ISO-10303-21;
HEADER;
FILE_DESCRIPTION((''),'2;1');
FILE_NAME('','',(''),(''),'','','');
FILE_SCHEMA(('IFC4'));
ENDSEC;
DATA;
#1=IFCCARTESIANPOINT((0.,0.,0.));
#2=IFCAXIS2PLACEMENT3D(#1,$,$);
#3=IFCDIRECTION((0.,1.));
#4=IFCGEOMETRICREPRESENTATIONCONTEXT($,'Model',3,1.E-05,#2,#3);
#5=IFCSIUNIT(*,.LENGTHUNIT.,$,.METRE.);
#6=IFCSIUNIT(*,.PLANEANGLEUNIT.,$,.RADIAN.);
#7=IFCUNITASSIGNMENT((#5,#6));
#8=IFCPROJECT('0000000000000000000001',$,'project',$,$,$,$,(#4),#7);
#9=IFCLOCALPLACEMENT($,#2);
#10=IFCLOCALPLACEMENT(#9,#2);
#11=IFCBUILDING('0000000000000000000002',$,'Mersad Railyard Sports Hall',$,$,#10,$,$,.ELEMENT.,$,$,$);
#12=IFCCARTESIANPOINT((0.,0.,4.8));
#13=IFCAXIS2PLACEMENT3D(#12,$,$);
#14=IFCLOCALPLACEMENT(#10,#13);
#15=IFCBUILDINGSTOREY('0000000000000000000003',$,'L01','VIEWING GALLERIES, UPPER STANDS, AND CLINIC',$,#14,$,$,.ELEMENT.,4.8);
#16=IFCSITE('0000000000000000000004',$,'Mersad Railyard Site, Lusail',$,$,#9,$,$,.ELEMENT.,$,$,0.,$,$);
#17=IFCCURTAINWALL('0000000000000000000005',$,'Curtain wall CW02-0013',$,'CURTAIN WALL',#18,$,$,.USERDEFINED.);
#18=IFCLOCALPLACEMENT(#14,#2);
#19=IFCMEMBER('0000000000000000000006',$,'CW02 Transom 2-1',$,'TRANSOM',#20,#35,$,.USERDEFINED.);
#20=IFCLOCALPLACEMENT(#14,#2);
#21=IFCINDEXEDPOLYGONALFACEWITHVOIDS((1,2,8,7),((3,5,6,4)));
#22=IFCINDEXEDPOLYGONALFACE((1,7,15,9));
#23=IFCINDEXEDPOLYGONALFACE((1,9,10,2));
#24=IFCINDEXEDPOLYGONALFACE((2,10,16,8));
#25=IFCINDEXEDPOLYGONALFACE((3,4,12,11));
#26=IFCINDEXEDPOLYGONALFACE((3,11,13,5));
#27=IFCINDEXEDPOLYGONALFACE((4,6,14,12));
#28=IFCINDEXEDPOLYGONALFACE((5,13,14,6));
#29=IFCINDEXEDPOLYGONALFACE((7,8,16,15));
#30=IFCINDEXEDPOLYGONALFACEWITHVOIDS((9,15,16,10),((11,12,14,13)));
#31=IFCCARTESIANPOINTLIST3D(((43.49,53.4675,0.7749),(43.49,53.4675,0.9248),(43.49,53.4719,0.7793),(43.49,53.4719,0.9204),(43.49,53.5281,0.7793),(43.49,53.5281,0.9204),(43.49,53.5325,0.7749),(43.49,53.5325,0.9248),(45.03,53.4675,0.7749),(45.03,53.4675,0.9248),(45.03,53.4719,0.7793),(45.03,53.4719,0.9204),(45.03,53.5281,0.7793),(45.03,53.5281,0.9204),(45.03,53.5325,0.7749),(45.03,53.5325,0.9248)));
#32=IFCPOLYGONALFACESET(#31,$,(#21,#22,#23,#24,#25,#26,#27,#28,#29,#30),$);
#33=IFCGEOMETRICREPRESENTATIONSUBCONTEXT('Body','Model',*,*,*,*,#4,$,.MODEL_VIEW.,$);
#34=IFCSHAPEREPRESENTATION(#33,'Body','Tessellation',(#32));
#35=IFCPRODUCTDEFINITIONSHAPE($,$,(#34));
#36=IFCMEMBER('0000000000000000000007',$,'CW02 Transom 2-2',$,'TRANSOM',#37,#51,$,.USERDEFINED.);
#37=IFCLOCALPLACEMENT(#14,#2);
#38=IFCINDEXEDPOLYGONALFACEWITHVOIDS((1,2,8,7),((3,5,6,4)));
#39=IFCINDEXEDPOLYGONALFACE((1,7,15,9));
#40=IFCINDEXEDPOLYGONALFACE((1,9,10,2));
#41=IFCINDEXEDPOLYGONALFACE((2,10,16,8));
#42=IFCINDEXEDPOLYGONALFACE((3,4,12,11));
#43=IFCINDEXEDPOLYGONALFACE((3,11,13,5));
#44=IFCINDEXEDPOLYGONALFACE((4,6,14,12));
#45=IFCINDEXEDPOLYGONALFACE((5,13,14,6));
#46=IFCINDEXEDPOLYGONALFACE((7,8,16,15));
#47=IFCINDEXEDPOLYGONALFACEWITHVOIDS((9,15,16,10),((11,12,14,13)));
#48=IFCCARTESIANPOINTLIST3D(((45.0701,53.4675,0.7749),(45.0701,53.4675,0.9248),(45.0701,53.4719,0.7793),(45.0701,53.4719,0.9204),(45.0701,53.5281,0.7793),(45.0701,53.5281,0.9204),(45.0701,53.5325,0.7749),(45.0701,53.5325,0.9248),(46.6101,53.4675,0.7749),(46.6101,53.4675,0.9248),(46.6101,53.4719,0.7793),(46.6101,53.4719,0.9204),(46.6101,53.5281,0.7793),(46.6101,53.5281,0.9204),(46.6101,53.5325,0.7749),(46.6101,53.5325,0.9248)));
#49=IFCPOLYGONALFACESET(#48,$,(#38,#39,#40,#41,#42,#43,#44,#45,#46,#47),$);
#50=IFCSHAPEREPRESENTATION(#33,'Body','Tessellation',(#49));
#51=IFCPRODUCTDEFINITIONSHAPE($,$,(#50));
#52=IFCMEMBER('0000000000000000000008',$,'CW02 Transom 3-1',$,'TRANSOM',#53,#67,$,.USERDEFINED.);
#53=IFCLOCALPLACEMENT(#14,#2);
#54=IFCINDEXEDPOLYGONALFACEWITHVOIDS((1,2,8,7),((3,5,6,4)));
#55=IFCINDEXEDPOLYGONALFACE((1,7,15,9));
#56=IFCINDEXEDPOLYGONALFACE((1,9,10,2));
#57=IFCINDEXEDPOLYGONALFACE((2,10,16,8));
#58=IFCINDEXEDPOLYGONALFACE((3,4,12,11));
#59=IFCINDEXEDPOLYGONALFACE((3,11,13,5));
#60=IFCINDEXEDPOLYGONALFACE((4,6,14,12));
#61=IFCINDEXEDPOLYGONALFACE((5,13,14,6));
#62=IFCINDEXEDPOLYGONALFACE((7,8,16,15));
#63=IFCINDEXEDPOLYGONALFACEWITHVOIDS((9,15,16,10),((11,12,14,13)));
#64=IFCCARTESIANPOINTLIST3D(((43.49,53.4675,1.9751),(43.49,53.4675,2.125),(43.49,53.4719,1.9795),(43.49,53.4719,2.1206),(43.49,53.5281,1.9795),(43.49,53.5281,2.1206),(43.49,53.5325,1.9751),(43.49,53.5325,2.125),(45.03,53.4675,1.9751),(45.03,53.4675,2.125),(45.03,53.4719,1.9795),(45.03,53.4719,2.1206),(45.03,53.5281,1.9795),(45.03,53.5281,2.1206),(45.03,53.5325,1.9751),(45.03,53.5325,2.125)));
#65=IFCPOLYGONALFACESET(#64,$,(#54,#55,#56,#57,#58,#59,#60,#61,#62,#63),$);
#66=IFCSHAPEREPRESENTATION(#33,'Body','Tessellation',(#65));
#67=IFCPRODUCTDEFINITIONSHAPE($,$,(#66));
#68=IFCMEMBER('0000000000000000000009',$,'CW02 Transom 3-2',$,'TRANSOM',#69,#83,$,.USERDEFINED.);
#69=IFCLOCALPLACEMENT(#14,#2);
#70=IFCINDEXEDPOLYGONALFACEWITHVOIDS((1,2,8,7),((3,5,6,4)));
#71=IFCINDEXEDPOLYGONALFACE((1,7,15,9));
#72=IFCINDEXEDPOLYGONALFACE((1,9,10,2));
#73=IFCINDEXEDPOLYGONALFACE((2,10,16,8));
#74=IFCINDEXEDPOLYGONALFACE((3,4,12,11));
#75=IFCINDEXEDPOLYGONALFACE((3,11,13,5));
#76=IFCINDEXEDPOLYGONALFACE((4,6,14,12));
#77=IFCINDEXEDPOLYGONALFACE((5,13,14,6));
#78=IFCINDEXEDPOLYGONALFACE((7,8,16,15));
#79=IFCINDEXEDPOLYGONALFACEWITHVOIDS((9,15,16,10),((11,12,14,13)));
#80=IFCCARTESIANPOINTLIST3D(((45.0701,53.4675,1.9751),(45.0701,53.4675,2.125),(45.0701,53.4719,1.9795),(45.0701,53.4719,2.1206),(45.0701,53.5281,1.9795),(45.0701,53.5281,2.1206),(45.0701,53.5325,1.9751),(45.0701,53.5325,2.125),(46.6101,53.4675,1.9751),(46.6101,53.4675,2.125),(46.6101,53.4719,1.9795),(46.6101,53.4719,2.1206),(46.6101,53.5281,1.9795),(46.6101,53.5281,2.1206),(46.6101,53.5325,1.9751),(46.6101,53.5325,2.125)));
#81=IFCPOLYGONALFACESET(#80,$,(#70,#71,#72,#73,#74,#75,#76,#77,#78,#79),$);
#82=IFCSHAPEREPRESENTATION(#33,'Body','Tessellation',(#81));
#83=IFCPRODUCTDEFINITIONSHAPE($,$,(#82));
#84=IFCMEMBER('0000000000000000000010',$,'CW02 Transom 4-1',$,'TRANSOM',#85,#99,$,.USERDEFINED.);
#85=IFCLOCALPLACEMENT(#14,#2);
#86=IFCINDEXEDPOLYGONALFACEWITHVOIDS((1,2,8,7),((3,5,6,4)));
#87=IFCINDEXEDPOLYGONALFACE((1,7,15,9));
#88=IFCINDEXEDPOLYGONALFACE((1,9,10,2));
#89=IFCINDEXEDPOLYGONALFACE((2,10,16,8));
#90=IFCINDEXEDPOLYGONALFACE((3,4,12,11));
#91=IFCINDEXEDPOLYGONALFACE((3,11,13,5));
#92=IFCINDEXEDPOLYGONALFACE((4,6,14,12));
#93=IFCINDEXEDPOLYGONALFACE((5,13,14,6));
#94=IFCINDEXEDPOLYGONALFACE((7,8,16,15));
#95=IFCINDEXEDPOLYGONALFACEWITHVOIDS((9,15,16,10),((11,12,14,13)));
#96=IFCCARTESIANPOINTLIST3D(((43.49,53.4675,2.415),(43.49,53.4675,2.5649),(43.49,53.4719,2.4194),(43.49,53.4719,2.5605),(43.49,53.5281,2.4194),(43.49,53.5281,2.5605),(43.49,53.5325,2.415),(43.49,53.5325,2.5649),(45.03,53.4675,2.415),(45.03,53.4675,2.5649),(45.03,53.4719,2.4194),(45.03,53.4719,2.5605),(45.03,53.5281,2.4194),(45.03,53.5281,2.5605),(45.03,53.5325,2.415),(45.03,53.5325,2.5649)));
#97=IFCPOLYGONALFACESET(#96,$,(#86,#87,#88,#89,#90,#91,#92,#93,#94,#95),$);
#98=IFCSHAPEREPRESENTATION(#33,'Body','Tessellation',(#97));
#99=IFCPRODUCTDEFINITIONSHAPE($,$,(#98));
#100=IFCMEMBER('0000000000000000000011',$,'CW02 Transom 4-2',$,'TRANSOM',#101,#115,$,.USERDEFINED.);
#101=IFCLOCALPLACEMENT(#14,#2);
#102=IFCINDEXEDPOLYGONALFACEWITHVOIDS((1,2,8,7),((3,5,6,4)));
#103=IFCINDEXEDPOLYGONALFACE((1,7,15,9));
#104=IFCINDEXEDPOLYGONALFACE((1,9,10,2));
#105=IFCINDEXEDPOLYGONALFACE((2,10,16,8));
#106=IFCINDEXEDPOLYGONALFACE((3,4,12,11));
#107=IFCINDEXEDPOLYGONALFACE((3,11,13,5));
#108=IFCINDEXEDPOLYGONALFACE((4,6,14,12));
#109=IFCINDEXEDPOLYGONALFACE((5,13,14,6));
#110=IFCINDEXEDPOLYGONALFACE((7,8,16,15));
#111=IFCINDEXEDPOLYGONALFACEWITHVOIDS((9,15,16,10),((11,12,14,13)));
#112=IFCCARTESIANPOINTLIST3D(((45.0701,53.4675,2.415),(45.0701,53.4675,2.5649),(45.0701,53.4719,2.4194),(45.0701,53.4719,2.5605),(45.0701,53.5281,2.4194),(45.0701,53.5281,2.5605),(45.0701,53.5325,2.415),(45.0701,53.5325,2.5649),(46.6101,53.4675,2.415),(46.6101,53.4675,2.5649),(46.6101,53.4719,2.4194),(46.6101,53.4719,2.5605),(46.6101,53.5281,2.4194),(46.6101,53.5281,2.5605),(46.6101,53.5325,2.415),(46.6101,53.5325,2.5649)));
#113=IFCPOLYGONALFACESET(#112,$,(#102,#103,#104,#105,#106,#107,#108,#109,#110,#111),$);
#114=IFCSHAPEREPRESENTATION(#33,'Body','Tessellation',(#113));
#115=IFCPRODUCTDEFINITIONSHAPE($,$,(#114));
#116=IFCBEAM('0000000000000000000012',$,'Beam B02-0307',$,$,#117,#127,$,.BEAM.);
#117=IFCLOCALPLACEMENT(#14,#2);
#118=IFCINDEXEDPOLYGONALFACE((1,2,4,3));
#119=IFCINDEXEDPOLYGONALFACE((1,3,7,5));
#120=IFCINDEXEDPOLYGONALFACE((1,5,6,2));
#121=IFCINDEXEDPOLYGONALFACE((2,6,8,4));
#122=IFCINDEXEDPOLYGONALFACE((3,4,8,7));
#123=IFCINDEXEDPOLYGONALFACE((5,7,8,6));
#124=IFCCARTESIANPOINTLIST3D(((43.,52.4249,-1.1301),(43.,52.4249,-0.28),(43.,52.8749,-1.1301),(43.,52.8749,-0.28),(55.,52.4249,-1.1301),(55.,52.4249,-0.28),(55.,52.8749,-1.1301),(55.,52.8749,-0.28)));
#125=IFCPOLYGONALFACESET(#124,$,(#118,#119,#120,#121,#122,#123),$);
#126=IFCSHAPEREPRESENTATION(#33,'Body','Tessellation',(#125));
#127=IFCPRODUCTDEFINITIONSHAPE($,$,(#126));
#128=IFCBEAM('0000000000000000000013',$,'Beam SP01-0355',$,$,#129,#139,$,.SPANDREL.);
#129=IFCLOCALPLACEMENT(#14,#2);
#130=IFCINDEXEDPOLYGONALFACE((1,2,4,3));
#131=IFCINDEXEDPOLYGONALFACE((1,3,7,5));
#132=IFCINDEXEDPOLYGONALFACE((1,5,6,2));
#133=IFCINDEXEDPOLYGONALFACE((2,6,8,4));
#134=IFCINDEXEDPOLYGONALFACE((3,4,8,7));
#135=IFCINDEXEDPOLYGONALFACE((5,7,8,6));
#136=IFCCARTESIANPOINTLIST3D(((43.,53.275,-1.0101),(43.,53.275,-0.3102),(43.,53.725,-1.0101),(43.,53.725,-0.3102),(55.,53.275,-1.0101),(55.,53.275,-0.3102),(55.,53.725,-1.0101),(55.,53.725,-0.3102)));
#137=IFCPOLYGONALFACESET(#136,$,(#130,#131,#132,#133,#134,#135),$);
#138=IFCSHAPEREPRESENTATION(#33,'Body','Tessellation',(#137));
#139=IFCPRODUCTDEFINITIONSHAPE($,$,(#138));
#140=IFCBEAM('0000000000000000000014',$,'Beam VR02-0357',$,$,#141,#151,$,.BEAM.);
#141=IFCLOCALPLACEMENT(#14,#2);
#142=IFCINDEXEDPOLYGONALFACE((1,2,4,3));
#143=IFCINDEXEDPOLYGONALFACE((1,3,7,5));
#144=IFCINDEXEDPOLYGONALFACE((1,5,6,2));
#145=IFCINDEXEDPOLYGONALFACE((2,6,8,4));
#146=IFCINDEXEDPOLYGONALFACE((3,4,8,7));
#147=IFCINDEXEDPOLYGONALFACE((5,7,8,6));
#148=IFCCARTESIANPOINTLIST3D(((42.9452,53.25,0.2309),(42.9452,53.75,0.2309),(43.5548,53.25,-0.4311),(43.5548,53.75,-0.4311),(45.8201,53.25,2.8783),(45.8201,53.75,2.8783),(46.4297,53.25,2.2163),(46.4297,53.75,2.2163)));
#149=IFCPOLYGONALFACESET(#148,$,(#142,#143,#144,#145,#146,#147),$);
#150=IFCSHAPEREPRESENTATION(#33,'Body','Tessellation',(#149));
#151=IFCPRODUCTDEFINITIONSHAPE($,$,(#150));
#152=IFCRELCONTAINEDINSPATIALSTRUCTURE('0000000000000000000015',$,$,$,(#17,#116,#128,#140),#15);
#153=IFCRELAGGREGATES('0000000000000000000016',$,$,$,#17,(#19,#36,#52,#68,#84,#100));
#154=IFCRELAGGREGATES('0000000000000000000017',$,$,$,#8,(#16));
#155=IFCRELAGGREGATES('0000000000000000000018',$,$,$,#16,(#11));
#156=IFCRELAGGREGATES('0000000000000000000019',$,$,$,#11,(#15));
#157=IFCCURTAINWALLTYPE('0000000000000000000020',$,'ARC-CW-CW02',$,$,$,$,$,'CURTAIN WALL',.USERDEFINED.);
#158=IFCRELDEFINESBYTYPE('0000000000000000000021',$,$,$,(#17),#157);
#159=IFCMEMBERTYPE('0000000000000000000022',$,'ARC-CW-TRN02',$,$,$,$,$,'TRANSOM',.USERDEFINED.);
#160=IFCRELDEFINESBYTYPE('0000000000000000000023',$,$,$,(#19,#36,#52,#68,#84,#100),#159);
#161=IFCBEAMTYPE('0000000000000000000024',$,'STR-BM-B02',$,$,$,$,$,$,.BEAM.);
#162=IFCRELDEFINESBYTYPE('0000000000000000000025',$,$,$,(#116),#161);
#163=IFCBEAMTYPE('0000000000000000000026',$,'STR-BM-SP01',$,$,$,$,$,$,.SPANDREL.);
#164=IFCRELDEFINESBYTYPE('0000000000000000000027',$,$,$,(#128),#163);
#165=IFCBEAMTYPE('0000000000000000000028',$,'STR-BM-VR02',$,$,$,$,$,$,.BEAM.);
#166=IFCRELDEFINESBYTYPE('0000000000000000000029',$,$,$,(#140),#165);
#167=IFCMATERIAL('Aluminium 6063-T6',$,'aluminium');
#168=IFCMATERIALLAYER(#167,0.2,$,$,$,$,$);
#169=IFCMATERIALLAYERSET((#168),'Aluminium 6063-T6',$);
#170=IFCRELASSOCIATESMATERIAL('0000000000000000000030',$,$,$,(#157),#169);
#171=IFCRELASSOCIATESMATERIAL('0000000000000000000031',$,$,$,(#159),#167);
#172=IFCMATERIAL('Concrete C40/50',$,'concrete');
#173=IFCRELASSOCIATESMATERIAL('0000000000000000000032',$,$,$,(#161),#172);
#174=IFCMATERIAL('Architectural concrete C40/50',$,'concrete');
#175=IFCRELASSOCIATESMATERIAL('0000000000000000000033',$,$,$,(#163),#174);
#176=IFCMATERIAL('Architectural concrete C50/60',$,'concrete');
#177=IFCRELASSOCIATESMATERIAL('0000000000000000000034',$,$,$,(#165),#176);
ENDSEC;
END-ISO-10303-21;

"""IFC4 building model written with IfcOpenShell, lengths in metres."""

from ifc_helpers import new_model, si_unit, direction, frame, origin, origin_2d, place, context, subcontext, project, spatial, rectangle, hollow_rectangle, extrude, material, layer, layer_set, material_profile, profile_set, type_object, element, aggregate, save


model = new_model("IFC4")

# Units and contexts
model_context = context("Model", 3, precision=1e-05, world=origin(), true_north=direction((0.0, 1.0)))
body_context = subcontext(model_context, "Body", "Model", "MODEL_VIEW")
ifc_project = project(units=[si_unit("LENGTHUNIT", "METRE"), si_unit("PLANEANGLEUNIT", "RADIAN")], contexts=[model_context])

# Site, building, storey
site_placement = place(None, origin())
site = spatial("IfcSite", under=ifc_project, at=site_placement, Name="Mersad Railyard Site, Lusail", CompositionType="ELEMENT", RefElevation=0.0)
building_placement = place(site_placement, origin())
building = spatial("IfcBuilding", under=site, at=building_placement, Name="Mersad Railyard Sports Hall", CompositionType="ELEMENT")
storey_placement = place(building_placement, frame((0.0, 0.0, 4.8)))
storey = spatial("IfcBuildingStorey", under=building, at=storey_placement, Name="L01", Description="VIEWING GALLERIES, UPPER STANDS, AND CLINIC", CompositionType="ELEMENT", Elevation=4.8)

# Shared definitions
ifc_material_1 = material(Name="Architectural concrete C50/60", Category="concrete")

# Curtain wall
ifc_material_2 = material(Name="Aluminium 6063-T6", Category="aluminium")
ifc_layer_1 = layer(ifc_material_2, 0.2)
ifc_layer_set_1 = layer_set([ifc_layer_1], Name="Aluminium 6063-T6")
curtain_wall_type = type_object("IfcCurtainWallType", Name="ARC-CW-CW02", ElementType="CURTAIN WALL", PredefinedType="USERDEFINED", material=ifc_layer_set_1)
curtain_wall_1_placement = place(storey_placement, origin())
curtain_wall_1 = element("IfcCurtainWall", 1, at=curtain_wall_1_placement, inside=storey, type_object=curtain_wall_type, Name="Curtain wall CW02-0013", ObjectType="CURTAIN WALL", PredefinedType="USERDEFINED")

# Members
ifc_material_profile_1 = material_profile(ifc_material_2, hollow_rectangle(XDim=0.0649, YDim=0.1499, WallThickness=0.0044, at=origin_2d()), Name="AL TRANSOM 65x150x4.5")
ifc_profile_set_1 = profile_set([ifc_material_profile_1], Name="Aluminium 6063-T6")
member_type_1 = type_object("IfcMemberType", Name="ARC-CW-TRN02", ElementType="TRANSOM", PredefinedType="USERDEFINED", material=ifc_profile_set_1)
member_1_placement = place(storey_placement, frame((43.49, 53.5, 0.8499), z_axis=(1.0, 0.0, 0.0), x_axis=(0.0, 1.0, 0.0)))
member_1 = element("IfcMember", 2, at=member_1_placement, type_object=member_type_1, Name="CW02 Transom 2-1", ObjectType="TRANSOM", PredefinedType="USERDEFINED", context=body_context, shape_type="SweptSolid", body=[
    extrude(hollow_rectangle(XDim=0.0649, YDim=0.1499, WallThickness=0.0044, at=origin_2d()), origin(), (0.0, 0.0, 1.0), 1.54),
])
member_2_placement = place(storey_placement, frame((45.0701, 53.5, 0.8499), z_axis=(1.0, 0.0, 0.0), x_axis=(0.0, 1.0, 0.0)))
member_2 = element("IfcMember", 3, at=member_2_placement, type_object=member_type_1, Name="CW02 Transom 2-2", ObjectType="TRANSOM", PredefinedType="USERDEFINED", context=body_context, shape_type="SweptSolid", body=[
    extrude(hollow_rectangle(XDim=0.0649, YDim=0.1499, WallThickness=0.0044, at=origin_2d()), origin(), (0.0, 0.0, 1.0), 1.54),
])
member_3_placement = place(storey_placement, frame((43.49, 53.5, 2.05), z_axis=(1.0, 0.0, 0.0), x_axis=(0.0, 1.0, 0.0)))
member_3 = element("IfcMember", 4, at=member_3_placement, type_object=member_type_1, Name="CW02 Transom 3-1", ObjectType="TRANSOM", PredefinedType="USERDEFINED", context=body_context, shape_type="SweptSolid", body=[
    extrude(hollow_rectangle(XDim=0.0649, YDim=0.1499, WallThickness=0.0044, at=origin_2d()), origin(), (0.0, 0.0, 1.0), 1.54),
])
member_4_placement = place(storey_placement, frame((45.0701, 53.5, 2.05), z_axis=(1.0, 0.0, 0.0), x_axis=(0.0, 1.0, 0.0)))
member_4 = element("IfcMember", 5, at=member_4_placement, type_object=member_type_1, Name="CW02 Transom 3-2", ObjectType="TRANSOM", PredefinedType="USERDEFINED", context=body_context, shape_type="SweptSolid", body=[
    extrude(hollow_rectangle(XDim=0.0649, YDim=0.1499, WallThickness=0.0044, at=origin_2d()), origin(), (0.0, 0.0, 1.0), 1.54),
])
member_5_placement = place(storey_placement, frame((43.49, 53.5, 2.49), z_axis=(1.0, 0.0, 0.0), x_axis=(0.0, 1.0, 0.0)))
member_5 = element("IfcMember", 6, at=member_5_placement, type_object=member_type_1, Name="CW02 Transom 4-1", ObjectType="TRANSOM", PredefinedType="USERDEFINED", context=body_context, shape_type="SweptSolid", body=[
    extrude(hollow_rectangle(XDim=0.0649, YDim=0.1499, WallThickness=0.0044, at=origin_2d()), origin(), (0.0, 0.0, 1.0), 1.54),
])
member_6_placement = place(storey_placement, frame((45.0701, 53.5, 2.49), z_axis=(1.0, 0.0, 0.0), x_axis=(0.0, 1.0, 0.0)))
member_6 = element("IfcMember", 7, at=member_6_placement, type_object=member_type_1, Name="CW02 Transom 4-2", ObjectType="TRANSOM", PredefinedType="USERDEFINED", context=body_context, shape_type="SweptSolid", body=[
    extrude(hollow_rectangle(XDim=0.0649, YDim=0.1499, WallThickness=0.0044, at=origin_2d()), origin(), (0.0, 0.0, 1.0), 1.54),
])

# Beams
ifc_material_3 = material(Name="Concrete C40/50", Category="concrete")
ifc_material_profile_2 = material_profile(ifc_material_3, rectangle(XDim=0.45, YDim=0.8501, at=origin_2d()), Name="RC 450x850")
ifc_profile_set_2 = profile_set([ifc_material_profile_2], Name="Concrete C40/50")
beam_type_1 = type_object("IfcBeamType", Name="STR-BM-B02", PredefinedType="BEAM", material=ifc_profile_set_2)
beam_1_placement = place(storey_placement, frame((43.0, 52.6499, -0.7051), z_axis=(1.0, 0.0, 0.0), x_axis=(0.0, 1.0, 0.0)))
element("IfcBeam", 8, at=beam_1_placement, inside=storey, type_object=beam_type_1, Name="Beam B02-0307", PredefinedType="BEAM", context=body_context, shape_type="SweptSolid", body=[
    extrude(rectangle(XDim=0.45, YDim=0.8501, at=origin_2d()), origin(), (0.0, 0.0, 1.0), 12.0),
])
ifc_material_4 = material(Name="Architectural concrete C40/50", Category="concrete")
ifc_material_profile_3 = material_profile(ifc_material_4, rectangle(XDim=0.45, YDim=0.7, at=origin_2d()), Name="RC 450x700")
ifc_profile_set_3 = profile_set([ifc_material_profile_3], Name="Architectural concrete C40/50")
beam_type_2 = type_object("IfcBeamType", Name="STR-BM-SP01", PredefinedType="SPANDREL", material=ifc_profile_set_3)
beam_2_placement = place(storey_placement, frame((43.0, 53.5, -0.6602), z_axis=(1.0, 0.0, 0.0), x_axis=(0.0, 1.0, 0.0)))
element("IfcBeam", 9, at=beam_2_placement, inside=storey, type_object=beam_type_2, Name="Beam SP01-0355", PredefinedType="SPANDREL", context=body_context, shape_type="SweptSolid", body=[
    extrude(rectangle(XDim=0.45, YDim=0.7, at=origin_2d()), origin(), (0.0, 0.0, 1.0), 12.0),
])
ifc_material_profile_4 = material_profile(ifc_material_1, rectangle(XDim=0.5, YDim=0.8999, at=origin_2d()), Name="VR 500x900")
ifc_profile_set_4 = profile_set([ifc_material_profile_4], Name="Architectural concrete C50/60")
beam_type_3 = type_object("IfcBeamType", Name="STR-BM-VR02", PredefinedType="BEAM", material=ifc_profile_set_4)
beam_3_placement = place(storey_placement, frame((43.25, 53.5, -0.1001), z_axis=(0.735617, 0.0, 0.677397), x_axis=(0.0, 1.0, 0.0)))
element("IfcBeam", 10, at=beam_3_placement, inside=storey, type_object=beam_type_3, Name="Beam VR02-0357", PredefinedType="BEAM", context=body_context, shape_type="SweptSolid", body=[
    extrude(rectangle(XDim=0.5, YDim=0.8999, at=origin_2d()), origin(), (0.0, 0.0, 1.0), 3.9082),
])

aggregate(curtain_wall_1, [member_1, member_2, member_3, member_4, member_5, member_6])

save(model, "model.ifc")
